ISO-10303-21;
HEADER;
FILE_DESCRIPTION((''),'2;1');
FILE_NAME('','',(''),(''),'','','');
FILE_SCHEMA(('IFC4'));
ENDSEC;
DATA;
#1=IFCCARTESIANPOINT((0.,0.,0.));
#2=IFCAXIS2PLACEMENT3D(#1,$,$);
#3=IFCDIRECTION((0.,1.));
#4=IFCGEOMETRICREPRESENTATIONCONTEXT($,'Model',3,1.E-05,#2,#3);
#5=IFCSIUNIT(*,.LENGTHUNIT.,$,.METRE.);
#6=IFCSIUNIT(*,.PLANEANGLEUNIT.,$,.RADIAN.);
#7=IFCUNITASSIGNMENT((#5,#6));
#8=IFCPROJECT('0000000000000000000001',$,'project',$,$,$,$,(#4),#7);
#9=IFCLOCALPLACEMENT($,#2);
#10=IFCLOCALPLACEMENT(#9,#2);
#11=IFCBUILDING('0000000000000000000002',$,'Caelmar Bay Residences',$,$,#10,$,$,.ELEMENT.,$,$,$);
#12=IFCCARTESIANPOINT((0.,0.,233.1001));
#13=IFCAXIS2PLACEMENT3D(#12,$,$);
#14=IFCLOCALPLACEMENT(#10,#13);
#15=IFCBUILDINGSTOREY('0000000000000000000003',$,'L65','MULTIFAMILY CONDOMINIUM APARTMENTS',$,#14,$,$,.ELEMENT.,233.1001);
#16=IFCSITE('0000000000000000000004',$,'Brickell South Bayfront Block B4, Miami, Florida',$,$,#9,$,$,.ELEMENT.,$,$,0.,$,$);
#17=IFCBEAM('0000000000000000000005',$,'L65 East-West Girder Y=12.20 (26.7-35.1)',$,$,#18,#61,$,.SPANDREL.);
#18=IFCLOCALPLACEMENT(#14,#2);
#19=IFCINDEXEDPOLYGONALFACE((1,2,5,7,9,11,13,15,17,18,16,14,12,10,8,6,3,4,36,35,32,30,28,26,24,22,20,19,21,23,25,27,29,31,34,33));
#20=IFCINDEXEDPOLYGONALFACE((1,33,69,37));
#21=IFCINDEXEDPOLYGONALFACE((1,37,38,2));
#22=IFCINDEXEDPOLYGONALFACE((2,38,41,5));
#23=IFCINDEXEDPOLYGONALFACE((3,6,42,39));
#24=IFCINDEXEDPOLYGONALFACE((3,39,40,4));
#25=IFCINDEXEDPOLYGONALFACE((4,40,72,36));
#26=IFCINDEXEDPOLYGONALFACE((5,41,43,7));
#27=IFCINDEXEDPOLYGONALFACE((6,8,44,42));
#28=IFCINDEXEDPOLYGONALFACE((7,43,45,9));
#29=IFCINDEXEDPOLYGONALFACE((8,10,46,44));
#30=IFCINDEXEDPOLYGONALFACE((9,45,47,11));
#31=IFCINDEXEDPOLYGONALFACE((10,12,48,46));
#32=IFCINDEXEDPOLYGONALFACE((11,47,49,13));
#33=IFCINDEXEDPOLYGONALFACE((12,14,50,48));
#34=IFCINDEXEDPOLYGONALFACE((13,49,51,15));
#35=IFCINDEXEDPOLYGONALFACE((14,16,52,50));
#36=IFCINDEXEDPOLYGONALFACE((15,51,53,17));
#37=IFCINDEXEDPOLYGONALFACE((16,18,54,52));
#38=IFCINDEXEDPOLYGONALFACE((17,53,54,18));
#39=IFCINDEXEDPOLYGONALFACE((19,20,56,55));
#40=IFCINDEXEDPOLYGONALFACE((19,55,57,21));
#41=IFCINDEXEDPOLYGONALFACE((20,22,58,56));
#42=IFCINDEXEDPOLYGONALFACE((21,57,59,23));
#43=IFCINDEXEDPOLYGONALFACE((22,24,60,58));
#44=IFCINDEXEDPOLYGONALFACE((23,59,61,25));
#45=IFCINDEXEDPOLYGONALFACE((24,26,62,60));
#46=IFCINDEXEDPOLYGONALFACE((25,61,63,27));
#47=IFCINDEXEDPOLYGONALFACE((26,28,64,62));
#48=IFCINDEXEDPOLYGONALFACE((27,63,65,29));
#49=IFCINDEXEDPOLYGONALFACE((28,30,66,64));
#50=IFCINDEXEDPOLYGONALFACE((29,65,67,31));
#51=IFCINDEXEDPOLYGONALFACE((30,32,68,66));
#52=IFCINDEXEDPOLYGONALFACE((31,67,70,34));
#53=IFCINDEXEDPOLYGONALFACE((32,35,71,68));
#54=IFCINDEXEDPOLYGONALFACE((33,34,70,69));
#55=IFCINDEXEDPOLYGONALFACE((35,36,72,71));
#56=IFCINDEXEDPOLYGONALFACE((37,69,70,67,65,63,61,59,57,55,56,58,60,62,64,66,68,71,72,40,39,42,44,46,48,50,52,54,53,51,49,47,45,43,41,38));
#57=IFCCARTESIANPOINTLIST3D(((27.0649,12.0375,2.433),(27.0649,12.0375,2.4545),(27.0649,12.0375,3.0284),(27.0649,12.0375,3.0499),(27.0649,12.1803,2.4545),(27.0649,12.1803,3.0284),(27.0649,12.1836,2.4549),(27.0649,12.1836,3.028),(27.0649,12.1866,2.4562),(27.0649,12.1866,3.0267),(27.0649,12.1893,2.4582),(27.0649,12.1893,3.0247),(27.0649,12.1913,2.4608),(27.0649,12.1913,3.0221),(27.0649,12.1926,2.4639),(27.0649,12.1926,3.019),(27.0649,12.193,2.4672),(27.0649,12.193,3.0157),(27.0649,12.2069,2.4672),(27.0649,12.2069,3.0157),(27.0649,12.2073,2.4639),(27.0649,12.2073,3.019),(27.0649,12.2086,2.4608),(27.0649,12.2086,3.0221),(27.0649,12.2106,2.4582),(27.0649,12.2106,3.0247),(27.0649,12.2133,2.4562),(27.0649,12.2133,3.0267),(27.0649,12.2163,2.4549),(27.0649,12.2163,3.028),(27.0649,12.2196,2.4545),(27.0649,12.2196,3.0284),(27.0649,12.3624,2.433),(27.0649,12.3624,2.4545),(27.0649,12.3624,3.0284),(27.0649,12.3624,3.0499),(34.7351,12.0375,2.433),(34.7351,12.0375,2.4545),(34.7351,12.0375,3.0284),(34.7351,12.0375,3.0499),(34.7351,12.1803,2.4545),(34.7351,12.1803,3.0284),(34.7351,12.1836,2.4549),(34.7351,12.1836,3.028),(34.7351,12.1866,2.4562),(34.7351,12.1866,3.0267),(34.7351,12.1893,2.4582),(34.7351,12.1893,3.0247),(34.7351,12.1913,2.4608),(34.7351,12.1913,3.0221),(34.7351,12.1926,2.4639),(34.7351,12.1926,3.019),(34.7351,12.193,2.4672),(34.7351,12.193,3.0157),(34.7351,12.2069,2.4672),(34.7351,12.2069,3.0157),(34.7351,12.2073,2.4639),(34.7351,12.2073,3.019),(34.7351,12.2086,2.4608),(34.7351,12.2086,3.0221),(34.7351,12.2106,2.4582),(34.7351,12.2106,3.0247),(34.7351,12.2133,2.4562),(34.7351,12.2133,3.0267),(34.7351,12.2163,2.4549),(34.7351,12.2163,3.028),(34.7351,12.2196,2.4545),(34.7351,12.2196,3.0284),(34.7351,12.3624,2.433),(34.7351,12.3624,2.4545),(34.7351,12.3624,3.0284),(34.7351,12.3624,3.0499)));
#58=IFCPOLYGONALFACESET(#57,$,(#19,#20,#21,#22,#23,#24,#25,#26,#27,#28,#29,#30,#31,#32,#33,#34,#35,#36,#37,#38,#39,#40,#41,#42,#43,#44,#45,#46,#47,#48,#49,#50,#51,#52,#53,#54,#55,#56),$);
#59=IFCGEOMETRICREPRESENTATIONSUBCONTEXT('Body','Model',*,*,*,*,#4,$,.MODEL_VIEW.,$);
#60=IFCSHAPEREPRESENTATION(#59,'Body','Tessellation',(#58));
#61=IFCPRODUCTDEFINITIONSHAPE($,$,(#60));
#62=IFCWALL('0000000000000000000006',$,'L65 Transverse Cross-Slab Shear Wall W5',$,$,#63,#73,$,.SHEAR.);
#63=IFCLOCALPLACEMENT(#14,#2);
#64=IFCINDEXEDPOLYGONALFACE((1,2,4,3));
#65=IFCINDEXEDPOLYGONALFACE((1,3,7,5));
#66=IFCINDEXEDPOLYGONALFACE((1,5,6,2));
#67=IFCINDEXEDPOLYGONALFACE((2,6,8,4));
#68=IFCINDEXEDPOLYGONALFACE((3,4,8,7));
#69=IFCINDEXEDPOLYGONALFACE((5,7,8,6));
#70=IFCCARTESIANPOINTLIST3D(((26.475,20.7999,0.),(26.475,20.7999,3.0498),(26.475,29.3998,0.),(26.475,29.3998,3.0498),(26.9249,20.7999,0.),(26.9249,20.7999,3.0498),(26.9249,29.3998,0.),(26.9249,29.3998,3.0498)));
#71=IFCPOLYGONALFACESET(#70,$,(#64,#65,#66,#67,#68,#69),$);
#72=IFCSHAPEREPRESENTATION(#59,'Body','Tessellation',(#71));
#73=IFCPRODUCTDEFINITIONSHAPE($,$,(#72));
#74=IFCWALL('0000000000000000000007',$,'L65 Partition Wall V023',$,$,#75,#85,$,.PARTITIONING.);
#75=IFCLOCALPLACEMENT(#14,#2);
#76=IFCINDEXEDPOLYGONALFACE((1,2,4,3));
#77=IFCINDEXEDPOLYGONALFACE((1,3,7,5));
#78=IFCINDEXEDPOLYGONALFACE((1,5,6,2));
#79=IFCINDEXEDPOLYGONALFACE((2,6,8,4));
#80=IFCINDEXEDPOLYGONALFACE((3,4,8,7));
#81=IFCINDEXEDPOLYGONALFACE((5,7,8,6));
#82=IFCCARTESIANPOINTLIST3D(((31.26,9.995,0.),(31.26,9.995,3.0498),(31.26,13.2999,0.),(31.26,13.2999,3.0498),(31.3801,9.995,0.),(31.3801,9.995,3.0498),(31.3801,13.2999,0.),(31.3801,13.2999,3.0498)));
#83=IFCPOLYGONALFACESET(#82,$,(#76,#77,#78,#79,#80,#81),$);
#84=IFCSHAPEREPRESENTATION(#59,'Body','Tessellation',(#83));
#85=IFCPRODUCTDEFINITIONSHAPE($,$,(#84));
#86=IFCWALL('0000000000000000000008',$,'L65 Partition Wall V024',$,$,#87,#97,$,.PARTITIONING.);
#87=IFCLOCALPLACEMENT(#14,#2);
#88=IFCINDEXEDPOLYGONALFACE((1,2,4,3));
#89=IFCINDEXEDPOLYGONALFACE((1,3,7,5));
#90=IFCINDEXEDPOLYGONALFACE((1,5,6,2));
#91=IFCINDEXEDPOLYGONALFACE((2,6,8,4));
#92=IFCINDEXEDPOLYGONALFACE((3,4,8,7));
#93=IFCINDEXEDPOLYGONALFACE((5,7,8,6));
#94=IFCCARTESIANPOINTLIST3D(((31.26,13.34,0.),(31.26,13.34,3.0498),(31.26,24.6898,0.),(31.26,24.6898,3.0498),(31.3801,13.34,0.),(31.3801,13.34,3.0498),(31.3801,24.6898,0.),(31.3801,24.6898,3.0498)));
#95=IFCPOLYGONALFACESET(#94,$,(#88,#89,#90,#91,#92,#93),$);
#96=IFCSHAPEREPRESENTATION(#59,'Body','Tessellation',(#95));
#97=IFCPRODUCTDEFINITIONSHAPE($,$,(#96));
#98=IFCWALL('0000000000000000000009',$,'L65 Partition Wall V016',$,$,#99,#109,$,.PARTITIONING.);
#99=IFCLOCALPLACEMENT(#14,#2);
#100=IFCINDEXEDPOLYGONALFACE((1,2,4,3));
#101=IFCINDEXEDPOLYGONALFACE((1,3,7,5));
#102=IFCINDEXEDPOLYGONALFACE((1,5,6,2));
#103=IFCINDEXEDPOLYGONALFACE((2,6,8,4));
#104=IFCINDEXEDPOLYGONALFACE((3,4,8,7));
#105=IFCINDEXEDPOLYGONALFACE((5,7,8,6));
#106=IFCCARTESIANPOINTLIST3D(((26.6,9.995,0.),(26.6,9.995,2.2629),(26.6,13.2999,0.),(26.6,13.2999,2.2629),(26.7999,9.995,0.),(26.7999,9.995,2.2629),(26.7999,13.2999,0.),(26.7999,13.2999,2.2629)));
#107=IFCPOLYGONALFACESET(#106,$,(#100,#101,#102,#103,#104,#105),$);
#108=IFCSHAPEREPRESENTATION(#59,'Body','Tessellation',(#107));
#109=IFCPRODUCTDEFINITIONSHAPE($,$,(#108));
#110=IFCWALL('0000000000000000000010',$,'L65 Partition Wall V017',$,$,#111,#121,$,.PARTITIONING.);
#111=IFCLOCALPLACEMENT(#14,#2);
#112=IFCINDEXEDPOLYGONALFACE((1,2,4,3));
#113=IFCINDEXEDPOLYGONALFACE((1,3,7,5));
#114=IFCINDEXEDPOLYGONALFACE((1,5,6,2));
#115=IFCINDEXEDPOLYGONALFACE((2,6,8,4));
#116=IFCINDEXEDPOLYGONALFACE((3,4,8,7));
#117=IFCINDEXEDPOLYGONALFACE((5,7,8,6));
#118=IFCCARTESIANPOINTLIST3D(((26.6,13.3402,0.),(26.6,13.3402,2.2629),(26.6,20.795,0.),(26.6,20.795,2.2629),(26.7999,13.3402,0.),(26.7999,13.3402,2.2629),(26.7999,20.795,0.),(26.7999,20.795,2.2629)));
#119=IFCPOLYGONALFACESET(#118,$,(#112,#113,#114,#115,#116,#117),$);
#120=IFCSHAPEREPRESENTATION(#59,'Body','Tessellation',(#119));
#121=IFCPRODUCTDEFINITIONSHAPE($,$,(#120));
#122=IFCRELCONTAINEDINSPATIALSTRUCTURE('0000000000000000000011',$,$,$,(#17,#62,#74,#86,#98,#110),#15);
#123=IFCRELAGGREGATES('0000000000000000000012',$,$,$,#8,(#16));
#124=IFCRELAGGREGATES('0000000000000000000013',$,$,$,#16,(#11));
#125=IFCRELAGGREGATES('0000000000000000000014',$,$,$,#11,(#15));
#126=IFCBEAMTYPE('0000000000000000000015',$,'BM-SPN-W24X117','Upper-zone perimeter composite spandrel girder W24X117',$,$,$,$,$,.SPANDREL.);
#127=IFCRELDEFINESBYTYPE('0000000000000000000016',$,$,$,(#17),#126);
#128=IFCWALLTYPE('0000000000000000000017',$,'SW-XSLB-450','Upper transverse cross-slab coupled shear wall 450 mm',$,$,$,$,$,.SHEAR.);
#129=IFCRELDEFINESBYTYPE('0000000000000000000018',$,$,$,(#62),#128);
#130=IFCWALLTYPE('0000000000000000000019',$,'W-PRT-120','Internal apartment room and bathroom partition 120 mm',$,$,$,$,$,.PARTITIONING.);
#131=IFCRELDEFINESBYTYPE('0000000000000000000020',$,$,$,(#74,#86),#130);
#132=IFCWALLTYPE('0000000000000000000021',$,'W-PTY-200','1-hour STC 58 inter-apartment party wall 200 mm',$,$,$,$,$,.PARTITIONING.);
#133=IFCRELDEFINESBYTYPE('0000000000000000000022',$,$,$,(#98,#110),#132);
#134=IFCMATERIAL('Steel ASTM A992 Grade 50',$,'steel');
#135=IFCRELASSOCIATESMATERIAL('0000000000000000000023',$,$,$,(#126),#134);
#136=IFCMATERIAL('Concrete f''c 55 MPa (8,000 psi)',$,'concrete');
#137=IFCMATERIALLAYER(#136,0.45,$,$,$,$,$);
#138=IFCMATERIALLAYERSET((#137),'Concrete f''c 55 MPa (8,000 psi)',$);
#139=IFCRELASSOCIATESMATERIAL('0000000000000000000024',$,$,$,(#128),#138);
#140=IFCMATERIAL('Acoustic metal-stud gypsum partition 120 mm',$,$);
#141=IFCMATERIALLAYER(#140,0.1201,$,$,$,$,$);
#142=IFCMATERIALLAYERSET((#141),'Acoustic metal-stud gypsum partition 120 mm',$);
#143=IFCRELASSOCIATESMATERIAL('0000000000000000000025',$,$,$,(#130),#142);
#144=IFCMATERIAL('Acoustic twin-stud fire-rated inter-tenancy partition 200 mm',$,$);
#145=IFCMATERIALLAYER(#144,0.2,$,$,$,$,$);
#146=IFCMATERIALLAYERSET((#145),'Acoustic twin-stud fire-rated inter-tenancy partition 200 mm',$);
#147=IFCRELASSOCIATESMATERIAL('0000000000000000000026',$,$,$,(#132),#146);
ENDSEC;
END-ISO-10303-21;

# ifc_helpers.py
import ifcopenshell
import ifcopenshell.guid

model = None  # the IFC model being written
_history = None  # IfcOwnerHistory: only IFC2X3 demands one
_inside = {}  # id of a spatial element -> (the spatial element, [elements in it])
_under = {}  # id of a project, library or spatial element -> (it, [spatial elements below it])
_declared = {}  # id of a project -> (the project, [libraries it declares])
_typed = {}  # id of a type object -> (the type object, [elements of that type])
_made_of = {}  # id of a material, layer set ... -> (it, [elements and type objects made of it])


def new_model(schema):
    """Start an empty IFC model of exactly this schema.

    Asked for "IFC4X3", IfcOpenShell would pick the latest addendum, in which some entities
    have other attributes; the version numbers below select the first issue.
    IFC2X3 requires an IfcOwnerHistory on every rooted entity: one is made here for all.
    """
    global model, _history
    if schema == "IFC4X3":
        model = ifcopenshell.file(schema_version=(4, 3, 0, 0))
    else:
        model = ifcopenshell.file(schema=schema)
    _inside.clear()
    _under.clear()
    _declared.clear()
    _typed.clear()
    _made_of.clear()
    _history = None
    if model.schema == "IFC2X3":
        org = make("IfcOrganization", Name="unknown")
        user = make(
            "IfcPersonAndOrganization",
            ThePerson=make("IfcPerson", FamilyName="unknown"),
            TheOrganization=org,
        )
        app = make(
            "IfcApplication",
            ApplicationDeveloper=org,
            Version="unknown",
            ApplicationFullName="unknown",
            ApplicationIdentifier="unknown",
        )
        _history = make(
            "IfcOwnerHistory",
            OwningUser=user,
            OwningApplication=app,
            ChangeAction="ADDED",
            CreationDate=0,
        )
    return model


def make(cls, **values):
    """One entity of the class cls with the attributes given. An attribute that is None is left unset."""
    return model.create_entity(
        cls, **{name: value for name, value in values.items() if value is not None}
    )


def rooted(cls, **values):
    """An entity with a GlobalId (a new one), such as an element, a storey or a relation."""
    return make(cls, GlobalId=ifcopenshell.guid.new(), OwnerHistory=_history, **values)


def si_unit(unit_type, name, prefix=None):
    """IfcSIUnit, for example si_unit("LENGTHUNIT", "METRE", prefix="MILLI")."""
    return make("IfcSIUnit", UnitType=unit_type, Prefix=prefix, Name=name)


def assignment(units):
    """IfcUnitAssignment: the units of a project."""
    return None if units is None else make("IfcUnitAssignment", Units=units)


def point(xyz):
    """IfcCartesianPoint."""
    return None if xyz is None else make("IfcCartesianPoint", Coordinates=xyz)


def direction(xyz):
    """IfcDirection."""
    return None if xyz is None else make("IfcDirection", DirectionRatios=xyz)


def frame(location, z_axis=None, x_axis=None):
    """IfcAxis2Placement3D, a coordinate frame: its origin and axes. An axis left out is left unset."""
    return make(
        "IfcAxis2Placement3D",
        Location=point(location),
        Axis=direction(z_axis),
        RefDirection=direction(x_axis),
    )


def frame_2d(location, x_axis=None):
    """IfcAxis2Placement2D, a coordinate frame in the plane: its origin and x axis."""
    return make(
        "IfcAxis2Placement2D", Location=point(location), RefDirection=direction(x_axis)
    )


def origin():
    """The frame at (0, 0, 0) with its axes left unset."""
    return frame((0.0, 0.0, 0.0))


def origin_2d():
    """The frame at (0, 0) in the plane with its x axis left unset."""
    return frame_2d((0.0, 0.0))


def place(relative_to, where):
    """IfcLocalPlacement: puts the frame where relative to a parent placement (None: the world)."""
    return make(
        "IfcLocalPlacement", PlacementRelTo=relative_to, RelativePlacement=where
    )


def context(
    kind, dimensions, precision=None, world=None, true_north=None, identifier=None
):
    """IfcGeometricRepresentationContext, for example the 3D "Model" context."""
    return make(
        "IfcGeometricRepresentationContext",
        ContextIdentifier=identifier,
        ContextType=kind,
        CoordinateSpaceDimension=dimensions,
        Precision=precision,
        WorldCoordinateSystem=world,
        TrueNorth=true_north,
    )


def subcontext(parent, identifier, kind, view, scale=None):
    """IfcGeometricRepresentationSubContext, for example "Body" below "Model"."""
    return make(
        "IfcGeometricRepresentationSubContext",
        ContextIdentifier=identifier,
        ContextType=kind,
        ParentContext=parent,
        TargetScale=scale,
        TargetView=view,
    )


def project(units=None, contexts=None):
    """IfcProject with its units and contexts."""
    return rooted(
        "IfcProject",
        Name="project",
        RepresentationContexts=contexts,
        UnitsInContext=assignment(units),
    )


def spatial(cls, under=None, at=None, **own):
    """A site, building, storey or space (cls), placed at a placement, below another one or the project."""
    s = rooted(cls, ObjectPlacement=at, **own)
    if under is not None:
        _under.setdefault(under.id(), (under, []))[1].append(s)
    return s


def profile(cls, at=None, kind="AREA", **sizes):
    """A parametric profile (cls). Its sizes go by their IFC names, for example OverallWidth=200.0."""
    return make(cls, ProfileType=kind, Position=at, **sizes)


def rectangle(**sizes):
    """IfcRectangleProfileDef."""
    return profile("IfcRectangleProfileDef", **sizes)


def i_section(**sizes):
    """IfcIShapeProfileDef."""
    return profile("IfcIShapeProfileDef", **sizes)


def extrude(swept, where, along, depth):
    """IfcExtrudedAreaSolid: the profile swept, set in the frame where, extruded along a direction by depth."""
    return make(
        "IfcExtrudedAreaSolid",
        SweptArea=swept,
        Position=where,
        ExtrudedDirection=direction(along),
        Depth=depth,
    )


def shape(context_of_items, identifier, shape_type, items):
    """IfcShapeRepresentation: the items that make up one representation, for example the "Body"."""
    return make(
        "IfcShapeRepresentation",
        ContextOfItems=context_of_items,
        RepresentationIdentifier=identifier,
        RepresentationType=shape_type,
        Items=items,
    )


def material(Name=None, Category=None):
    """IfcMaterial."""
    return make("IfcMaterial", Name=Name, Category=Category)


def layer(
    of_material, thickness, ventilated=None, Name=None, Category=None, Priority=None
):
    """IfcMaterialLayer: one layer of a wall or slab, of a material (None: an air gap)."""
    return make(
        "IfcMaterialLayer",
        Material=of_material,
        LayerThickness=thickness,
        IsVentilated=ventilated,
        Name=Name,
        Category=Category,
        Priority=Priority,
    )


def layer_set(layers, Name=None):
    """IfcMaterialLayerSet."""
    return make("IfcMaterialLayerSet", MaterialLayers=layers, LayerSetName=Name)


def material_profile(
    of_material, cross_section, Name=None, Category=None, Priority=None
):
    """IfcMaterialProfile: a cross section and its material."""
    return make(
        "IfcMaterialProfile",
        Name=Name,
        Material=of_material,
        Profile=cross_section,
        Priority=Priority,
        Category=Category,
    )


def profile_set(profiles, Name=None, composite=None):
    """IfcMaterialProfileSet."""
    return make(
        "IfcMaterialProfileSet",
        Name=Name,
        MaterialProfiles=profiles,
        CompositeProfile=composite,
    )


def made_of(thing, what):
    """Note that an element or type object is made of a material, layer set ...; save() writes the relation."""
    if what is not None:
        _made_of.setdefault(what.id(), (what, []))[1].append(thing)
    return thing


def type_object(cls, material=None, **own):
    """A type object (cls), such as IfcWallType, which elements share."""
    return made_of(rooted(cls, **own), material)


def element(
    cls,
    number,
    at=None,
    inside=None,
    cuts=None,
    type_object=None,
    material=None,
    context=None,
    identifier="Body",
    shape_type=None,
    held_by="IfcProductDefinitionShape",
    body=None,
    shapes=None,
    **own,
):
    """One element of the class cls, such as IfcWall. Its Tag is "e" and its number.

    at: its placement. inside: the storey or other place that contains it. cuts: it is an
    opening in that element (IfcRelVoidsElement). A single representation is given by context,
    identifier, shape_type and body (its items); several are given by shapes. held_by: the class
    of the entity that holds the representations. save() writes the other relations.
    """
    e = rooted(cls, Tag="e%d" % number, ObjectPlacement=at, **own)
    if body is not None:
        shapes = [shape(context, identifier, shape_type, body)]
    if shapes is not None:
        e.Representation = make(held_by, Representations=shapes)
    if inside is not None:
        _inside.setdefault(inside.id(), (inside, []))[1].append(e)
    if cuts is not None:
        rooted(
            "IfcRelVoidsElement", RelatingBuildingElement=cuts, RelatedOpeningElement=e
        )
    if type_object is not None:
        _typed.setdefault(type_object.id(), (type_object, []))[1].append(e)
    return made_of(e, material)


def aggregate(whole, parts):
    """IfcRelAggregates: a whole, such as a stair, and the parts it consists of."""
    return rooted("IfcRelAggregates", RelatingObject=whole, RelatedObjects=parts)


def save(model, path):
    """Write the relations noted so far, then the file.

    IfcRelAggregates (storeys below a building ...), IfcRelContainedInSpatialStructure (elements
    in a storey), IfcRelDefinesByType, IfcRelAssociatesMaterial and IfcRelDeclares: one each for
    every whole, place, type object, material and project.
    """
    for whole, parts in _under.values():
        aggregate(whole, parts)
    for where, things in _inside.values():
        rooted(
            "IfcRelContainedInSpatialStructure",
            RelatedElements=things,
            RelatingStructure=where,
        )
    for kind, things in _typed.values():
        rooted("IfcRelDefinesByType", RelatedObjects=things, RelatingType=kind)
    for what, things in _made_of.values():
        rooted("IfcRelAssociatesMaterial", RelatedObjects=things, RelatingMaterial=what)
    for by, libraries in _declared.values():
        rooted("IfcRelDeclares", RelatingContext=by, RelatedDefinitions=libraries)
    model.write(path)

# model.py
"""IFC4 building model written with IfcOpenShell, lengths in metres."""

from ifc_helpers import new_model, si_unit, direction, frame, frame_2d, origin, origin_2d, place, context, subcontext, project, spatial, rectangle, i_section, extrude, material, layer, layer_set, material_profile, profile_set, type_object, element, save


model = new_model("IFC4")

# Units and contexts
model_context = context("Model", 3, precision=1e-05, world=origin(), true_north=direction((0.0, 1.0)))
body_context = subcontext(model_context, "Body", "Model", "MODEL_VIEW")
ifc_project = project(units=[si_unit("LENGTHUNIT", "METRE"), si_unit("PLANEANGLEUNIT", "RADIAN")], contexts=[model_context])

# Site, building, storey
site_placement = place(None, origin())
site = spatial("IfcSite", under=ifc_project, at=site_placement, Name="Brickell South Bayfront Block B4, Miami, Florida", CompositionType="ELEMENT", RefElevation=0.0)
building_placement = place(site_placement, origin())
building = spatial("IfcBuilding", under=site, at=building_placement, Name="Caelmar Bay Residences", CompositionType="ELEMENT")
storey_placement = place(building_placement, frame((0.0, 0.0, 233.1001)))
storey = spatial("IfcBuildingStorey", under=building, at=storey_placement, Name="L65", Description="MULTIFAMILY CONDOMINIUM APARTMENTS", CompositionType="ELEMENT", Elevation=233.1001)

# Shared definitions
ifc_material_1 = material(Name="Concrete f'c 55 MPa (8,000 psi)", Category="concrete")

# Beam
ifc_material_2 = material(Name="Steel ASTM A992 Grade 50", Category="steel")
ifc_material_profile_1 = material_profile(ifc_material_2, i_section(OverallWidth=0.325, OverallDepth=0.6169, WebThickness=0.0139, FlangeThickness=0.0215, FilletRadius=0.0127, at=origin_2d()), Name="W24X117")
ifc_profile_set_1 = profile_set([ifc_material_profile_1], Name="Steel ASTM A992 Grade 50")
beam_type_1 = type_object("IfcBeamType", Name="BM-SPN-W24X117", Description="Upper-zone perimeter composite spandrel girder W24X117", PredefinedType="SPANDREL", material=ifc_profile_set_1)
beam_1_placement = place(storey_placement, frame((27.0649, 12.2, 2.7415), z_axis=(1.0, 0.0, 0.0), x_axis=(0.0, 1.0, 0.0)))
element("IfcBeam", 1, at=beam_1_placement, inside=storey, type_object=beam_type_1, Name="L65 East-West Girder Y=12.20 (26.7-35.1)", PredefinedType="SPANDREL", context=body_context, shape_type="SweptSolid", body=[
    extrude(i_section(OverallWidth=0.325, OverallDepth=0.6169, WebThickness=0.0139, FlangeThickness=0.0215, FilletRadius=0.0127, at=origin_2d()), origin(), (0.0, 0.0, 1.0), 7.6702),
])

# Walls
ifc_layer_1 = layer(ifc_material_1, 0.45)
ifc_layer_set_1 = layer_set([ifc_layer_1], Name="Concrete f'c 55 MPa (8,000 psi)")
wall_type_1 = type_object("IfcWallType", Name="SW-XSLB-450", Description="Upper transverse cross-slab coupled shear wall 450 mm", PredefinedType="SHEAR", material=ifc_layer_set_1)
wall_1_placement = place(storey_placement, frame((26.7, 20.8, 0.0), z_axis=(0.0, 0.0, 1.0), x_axis=(0.0, 1.0, 0.0)))
element("IfcWall", 2, at=wall_1_placement, inside=storey, type_object=wall_type_1, Name="L65 Transverse Cross-Slab Shear Wall W5", PredefinedType="SHEAR", context=body_context, shape_type="SweptSolid", body=[
    extrude(rectangle(XDim=8.5999, YDim=0.45, at=frame_2d((4.2998, 0.0))), origin(), (0.0, 0.0, 1.0), 3.0498),
])
ifc_material_3 = material(Name="Acoustic metal-stud gypsum partition 120 mm")
ifc_layer_2 = layer(ifc_material_3, 0.1201)
ifc_layer_set_2 = layer_set([ifc_layer_2], Name="Acoustic metal-stud gypsum partition 120 mm")
wall_type_2 = type_object("IfcWallType", Name="W-PRT-120", Description="Internal apartment room and bathroom partition 120 mm", PredefinedType="PARTITIONING", material=ifc_layer_set_2)
wall_2_placement = place(storey_placement, frame((31.3201, 9.9951, 0.0), z_axis=(0.0, 0.0, 1.0), x_axis=(0.0, 1.0, 0.0)))
element("IfcWall", 3, at=wall_2_placement, inside=storey, type_object=wall_type_2, Name="L65 Partition Wall V023", PredefinedType="PARTITIONING", context=body_context, shape_type="SweptSolid", body=[
    extrude(rectangle(XDim=3.3049, YDim=0.1201, at=frame_2d((1.6523, 0.0))), origin(), (0.0, 0.0, 1.0), 3.0498),
])
wall_3_placement = place(storey_placement, frame((31.3201, 13.3401, 0.0), z_axis=(0.0, 0.0, 1.0), x_axis=(0.0, 1.0, 0.0)))
element("IfcWall", 4, at=wall_3_placement, inside=storey, type_object=wall_type_2, Name="L65 Partition Wall V024", PredefinedType="PARTITIONING", context=body_context, shape_type="SweptSolid", body=[
    extrude(rectangle(XDim=11.3499, YDim=0.1201, at=frame_2d((5.6748, 0.0))), origin(), (0.0, 0.0, 1.0), 3.0498),
])

# Walls
ifc_material_4 = material(Name="Acoustic twin-stud fire-rated inter-tenancy partition 200 mm")
ifc_layer_3 = layer(ifc_material_4, 0.2)
ifc_layer_set_3 = layer_set([ifc_layer_3], Name="Acoustic twin-stud fire-rated inter-tenancy partition 200 mm")
wall_type_3 = type_object("IfcWallType", Name="W-PTY-200", Description="1-hour STC 58 inter-apartment party wall 200 mm", PredefinedType="PARTITIONING", material=ifc_layer_set_3)
wall_4_placement = place(storey_placement, frame((26.7, 9.9951, 0.0), z_axis=(0.0, 0.0, 1.0), x_axis=(0.0, 1.0, 0.0)))
element("IfcWall", 5, at=wall_4_placement, inside=storey, type_object=wall_type_3, Name="L65 Partition Wall V016", PredefinedType="PARTITIONING", context=body_context, shape_type="SweptSolid", body=[
    extrude(rectangle(XDim=3.3049, YDim=0.2, at=frame_2d((1.6523, 0.0))), origin(), (0.0, 0.0, 1.0), 2.2629),
])
wall_5_placement = place(storey_placement, frame((26.7, 13.3401, 0.0), z_axis=(0.0, 0.0, 1.0), x_axis=(0.0, 1.0, 0.0)))
element("IfcWall", 6, at=wall_5_placement, inside=storey, type_object=wall_type_3, Name="L65 Partition Wall V017", PredefinedType="PARTITIONING", context=body_context, shape_type="SweptSolid", body=[
    extrude(rectangle(XDim=7.4548, YDim=0.2, at=frame_2d((3.7275, 0.0))), origin(), (0.0, 0.0, 1.0), 2.2629),
])

save(model, "model.ifc")
